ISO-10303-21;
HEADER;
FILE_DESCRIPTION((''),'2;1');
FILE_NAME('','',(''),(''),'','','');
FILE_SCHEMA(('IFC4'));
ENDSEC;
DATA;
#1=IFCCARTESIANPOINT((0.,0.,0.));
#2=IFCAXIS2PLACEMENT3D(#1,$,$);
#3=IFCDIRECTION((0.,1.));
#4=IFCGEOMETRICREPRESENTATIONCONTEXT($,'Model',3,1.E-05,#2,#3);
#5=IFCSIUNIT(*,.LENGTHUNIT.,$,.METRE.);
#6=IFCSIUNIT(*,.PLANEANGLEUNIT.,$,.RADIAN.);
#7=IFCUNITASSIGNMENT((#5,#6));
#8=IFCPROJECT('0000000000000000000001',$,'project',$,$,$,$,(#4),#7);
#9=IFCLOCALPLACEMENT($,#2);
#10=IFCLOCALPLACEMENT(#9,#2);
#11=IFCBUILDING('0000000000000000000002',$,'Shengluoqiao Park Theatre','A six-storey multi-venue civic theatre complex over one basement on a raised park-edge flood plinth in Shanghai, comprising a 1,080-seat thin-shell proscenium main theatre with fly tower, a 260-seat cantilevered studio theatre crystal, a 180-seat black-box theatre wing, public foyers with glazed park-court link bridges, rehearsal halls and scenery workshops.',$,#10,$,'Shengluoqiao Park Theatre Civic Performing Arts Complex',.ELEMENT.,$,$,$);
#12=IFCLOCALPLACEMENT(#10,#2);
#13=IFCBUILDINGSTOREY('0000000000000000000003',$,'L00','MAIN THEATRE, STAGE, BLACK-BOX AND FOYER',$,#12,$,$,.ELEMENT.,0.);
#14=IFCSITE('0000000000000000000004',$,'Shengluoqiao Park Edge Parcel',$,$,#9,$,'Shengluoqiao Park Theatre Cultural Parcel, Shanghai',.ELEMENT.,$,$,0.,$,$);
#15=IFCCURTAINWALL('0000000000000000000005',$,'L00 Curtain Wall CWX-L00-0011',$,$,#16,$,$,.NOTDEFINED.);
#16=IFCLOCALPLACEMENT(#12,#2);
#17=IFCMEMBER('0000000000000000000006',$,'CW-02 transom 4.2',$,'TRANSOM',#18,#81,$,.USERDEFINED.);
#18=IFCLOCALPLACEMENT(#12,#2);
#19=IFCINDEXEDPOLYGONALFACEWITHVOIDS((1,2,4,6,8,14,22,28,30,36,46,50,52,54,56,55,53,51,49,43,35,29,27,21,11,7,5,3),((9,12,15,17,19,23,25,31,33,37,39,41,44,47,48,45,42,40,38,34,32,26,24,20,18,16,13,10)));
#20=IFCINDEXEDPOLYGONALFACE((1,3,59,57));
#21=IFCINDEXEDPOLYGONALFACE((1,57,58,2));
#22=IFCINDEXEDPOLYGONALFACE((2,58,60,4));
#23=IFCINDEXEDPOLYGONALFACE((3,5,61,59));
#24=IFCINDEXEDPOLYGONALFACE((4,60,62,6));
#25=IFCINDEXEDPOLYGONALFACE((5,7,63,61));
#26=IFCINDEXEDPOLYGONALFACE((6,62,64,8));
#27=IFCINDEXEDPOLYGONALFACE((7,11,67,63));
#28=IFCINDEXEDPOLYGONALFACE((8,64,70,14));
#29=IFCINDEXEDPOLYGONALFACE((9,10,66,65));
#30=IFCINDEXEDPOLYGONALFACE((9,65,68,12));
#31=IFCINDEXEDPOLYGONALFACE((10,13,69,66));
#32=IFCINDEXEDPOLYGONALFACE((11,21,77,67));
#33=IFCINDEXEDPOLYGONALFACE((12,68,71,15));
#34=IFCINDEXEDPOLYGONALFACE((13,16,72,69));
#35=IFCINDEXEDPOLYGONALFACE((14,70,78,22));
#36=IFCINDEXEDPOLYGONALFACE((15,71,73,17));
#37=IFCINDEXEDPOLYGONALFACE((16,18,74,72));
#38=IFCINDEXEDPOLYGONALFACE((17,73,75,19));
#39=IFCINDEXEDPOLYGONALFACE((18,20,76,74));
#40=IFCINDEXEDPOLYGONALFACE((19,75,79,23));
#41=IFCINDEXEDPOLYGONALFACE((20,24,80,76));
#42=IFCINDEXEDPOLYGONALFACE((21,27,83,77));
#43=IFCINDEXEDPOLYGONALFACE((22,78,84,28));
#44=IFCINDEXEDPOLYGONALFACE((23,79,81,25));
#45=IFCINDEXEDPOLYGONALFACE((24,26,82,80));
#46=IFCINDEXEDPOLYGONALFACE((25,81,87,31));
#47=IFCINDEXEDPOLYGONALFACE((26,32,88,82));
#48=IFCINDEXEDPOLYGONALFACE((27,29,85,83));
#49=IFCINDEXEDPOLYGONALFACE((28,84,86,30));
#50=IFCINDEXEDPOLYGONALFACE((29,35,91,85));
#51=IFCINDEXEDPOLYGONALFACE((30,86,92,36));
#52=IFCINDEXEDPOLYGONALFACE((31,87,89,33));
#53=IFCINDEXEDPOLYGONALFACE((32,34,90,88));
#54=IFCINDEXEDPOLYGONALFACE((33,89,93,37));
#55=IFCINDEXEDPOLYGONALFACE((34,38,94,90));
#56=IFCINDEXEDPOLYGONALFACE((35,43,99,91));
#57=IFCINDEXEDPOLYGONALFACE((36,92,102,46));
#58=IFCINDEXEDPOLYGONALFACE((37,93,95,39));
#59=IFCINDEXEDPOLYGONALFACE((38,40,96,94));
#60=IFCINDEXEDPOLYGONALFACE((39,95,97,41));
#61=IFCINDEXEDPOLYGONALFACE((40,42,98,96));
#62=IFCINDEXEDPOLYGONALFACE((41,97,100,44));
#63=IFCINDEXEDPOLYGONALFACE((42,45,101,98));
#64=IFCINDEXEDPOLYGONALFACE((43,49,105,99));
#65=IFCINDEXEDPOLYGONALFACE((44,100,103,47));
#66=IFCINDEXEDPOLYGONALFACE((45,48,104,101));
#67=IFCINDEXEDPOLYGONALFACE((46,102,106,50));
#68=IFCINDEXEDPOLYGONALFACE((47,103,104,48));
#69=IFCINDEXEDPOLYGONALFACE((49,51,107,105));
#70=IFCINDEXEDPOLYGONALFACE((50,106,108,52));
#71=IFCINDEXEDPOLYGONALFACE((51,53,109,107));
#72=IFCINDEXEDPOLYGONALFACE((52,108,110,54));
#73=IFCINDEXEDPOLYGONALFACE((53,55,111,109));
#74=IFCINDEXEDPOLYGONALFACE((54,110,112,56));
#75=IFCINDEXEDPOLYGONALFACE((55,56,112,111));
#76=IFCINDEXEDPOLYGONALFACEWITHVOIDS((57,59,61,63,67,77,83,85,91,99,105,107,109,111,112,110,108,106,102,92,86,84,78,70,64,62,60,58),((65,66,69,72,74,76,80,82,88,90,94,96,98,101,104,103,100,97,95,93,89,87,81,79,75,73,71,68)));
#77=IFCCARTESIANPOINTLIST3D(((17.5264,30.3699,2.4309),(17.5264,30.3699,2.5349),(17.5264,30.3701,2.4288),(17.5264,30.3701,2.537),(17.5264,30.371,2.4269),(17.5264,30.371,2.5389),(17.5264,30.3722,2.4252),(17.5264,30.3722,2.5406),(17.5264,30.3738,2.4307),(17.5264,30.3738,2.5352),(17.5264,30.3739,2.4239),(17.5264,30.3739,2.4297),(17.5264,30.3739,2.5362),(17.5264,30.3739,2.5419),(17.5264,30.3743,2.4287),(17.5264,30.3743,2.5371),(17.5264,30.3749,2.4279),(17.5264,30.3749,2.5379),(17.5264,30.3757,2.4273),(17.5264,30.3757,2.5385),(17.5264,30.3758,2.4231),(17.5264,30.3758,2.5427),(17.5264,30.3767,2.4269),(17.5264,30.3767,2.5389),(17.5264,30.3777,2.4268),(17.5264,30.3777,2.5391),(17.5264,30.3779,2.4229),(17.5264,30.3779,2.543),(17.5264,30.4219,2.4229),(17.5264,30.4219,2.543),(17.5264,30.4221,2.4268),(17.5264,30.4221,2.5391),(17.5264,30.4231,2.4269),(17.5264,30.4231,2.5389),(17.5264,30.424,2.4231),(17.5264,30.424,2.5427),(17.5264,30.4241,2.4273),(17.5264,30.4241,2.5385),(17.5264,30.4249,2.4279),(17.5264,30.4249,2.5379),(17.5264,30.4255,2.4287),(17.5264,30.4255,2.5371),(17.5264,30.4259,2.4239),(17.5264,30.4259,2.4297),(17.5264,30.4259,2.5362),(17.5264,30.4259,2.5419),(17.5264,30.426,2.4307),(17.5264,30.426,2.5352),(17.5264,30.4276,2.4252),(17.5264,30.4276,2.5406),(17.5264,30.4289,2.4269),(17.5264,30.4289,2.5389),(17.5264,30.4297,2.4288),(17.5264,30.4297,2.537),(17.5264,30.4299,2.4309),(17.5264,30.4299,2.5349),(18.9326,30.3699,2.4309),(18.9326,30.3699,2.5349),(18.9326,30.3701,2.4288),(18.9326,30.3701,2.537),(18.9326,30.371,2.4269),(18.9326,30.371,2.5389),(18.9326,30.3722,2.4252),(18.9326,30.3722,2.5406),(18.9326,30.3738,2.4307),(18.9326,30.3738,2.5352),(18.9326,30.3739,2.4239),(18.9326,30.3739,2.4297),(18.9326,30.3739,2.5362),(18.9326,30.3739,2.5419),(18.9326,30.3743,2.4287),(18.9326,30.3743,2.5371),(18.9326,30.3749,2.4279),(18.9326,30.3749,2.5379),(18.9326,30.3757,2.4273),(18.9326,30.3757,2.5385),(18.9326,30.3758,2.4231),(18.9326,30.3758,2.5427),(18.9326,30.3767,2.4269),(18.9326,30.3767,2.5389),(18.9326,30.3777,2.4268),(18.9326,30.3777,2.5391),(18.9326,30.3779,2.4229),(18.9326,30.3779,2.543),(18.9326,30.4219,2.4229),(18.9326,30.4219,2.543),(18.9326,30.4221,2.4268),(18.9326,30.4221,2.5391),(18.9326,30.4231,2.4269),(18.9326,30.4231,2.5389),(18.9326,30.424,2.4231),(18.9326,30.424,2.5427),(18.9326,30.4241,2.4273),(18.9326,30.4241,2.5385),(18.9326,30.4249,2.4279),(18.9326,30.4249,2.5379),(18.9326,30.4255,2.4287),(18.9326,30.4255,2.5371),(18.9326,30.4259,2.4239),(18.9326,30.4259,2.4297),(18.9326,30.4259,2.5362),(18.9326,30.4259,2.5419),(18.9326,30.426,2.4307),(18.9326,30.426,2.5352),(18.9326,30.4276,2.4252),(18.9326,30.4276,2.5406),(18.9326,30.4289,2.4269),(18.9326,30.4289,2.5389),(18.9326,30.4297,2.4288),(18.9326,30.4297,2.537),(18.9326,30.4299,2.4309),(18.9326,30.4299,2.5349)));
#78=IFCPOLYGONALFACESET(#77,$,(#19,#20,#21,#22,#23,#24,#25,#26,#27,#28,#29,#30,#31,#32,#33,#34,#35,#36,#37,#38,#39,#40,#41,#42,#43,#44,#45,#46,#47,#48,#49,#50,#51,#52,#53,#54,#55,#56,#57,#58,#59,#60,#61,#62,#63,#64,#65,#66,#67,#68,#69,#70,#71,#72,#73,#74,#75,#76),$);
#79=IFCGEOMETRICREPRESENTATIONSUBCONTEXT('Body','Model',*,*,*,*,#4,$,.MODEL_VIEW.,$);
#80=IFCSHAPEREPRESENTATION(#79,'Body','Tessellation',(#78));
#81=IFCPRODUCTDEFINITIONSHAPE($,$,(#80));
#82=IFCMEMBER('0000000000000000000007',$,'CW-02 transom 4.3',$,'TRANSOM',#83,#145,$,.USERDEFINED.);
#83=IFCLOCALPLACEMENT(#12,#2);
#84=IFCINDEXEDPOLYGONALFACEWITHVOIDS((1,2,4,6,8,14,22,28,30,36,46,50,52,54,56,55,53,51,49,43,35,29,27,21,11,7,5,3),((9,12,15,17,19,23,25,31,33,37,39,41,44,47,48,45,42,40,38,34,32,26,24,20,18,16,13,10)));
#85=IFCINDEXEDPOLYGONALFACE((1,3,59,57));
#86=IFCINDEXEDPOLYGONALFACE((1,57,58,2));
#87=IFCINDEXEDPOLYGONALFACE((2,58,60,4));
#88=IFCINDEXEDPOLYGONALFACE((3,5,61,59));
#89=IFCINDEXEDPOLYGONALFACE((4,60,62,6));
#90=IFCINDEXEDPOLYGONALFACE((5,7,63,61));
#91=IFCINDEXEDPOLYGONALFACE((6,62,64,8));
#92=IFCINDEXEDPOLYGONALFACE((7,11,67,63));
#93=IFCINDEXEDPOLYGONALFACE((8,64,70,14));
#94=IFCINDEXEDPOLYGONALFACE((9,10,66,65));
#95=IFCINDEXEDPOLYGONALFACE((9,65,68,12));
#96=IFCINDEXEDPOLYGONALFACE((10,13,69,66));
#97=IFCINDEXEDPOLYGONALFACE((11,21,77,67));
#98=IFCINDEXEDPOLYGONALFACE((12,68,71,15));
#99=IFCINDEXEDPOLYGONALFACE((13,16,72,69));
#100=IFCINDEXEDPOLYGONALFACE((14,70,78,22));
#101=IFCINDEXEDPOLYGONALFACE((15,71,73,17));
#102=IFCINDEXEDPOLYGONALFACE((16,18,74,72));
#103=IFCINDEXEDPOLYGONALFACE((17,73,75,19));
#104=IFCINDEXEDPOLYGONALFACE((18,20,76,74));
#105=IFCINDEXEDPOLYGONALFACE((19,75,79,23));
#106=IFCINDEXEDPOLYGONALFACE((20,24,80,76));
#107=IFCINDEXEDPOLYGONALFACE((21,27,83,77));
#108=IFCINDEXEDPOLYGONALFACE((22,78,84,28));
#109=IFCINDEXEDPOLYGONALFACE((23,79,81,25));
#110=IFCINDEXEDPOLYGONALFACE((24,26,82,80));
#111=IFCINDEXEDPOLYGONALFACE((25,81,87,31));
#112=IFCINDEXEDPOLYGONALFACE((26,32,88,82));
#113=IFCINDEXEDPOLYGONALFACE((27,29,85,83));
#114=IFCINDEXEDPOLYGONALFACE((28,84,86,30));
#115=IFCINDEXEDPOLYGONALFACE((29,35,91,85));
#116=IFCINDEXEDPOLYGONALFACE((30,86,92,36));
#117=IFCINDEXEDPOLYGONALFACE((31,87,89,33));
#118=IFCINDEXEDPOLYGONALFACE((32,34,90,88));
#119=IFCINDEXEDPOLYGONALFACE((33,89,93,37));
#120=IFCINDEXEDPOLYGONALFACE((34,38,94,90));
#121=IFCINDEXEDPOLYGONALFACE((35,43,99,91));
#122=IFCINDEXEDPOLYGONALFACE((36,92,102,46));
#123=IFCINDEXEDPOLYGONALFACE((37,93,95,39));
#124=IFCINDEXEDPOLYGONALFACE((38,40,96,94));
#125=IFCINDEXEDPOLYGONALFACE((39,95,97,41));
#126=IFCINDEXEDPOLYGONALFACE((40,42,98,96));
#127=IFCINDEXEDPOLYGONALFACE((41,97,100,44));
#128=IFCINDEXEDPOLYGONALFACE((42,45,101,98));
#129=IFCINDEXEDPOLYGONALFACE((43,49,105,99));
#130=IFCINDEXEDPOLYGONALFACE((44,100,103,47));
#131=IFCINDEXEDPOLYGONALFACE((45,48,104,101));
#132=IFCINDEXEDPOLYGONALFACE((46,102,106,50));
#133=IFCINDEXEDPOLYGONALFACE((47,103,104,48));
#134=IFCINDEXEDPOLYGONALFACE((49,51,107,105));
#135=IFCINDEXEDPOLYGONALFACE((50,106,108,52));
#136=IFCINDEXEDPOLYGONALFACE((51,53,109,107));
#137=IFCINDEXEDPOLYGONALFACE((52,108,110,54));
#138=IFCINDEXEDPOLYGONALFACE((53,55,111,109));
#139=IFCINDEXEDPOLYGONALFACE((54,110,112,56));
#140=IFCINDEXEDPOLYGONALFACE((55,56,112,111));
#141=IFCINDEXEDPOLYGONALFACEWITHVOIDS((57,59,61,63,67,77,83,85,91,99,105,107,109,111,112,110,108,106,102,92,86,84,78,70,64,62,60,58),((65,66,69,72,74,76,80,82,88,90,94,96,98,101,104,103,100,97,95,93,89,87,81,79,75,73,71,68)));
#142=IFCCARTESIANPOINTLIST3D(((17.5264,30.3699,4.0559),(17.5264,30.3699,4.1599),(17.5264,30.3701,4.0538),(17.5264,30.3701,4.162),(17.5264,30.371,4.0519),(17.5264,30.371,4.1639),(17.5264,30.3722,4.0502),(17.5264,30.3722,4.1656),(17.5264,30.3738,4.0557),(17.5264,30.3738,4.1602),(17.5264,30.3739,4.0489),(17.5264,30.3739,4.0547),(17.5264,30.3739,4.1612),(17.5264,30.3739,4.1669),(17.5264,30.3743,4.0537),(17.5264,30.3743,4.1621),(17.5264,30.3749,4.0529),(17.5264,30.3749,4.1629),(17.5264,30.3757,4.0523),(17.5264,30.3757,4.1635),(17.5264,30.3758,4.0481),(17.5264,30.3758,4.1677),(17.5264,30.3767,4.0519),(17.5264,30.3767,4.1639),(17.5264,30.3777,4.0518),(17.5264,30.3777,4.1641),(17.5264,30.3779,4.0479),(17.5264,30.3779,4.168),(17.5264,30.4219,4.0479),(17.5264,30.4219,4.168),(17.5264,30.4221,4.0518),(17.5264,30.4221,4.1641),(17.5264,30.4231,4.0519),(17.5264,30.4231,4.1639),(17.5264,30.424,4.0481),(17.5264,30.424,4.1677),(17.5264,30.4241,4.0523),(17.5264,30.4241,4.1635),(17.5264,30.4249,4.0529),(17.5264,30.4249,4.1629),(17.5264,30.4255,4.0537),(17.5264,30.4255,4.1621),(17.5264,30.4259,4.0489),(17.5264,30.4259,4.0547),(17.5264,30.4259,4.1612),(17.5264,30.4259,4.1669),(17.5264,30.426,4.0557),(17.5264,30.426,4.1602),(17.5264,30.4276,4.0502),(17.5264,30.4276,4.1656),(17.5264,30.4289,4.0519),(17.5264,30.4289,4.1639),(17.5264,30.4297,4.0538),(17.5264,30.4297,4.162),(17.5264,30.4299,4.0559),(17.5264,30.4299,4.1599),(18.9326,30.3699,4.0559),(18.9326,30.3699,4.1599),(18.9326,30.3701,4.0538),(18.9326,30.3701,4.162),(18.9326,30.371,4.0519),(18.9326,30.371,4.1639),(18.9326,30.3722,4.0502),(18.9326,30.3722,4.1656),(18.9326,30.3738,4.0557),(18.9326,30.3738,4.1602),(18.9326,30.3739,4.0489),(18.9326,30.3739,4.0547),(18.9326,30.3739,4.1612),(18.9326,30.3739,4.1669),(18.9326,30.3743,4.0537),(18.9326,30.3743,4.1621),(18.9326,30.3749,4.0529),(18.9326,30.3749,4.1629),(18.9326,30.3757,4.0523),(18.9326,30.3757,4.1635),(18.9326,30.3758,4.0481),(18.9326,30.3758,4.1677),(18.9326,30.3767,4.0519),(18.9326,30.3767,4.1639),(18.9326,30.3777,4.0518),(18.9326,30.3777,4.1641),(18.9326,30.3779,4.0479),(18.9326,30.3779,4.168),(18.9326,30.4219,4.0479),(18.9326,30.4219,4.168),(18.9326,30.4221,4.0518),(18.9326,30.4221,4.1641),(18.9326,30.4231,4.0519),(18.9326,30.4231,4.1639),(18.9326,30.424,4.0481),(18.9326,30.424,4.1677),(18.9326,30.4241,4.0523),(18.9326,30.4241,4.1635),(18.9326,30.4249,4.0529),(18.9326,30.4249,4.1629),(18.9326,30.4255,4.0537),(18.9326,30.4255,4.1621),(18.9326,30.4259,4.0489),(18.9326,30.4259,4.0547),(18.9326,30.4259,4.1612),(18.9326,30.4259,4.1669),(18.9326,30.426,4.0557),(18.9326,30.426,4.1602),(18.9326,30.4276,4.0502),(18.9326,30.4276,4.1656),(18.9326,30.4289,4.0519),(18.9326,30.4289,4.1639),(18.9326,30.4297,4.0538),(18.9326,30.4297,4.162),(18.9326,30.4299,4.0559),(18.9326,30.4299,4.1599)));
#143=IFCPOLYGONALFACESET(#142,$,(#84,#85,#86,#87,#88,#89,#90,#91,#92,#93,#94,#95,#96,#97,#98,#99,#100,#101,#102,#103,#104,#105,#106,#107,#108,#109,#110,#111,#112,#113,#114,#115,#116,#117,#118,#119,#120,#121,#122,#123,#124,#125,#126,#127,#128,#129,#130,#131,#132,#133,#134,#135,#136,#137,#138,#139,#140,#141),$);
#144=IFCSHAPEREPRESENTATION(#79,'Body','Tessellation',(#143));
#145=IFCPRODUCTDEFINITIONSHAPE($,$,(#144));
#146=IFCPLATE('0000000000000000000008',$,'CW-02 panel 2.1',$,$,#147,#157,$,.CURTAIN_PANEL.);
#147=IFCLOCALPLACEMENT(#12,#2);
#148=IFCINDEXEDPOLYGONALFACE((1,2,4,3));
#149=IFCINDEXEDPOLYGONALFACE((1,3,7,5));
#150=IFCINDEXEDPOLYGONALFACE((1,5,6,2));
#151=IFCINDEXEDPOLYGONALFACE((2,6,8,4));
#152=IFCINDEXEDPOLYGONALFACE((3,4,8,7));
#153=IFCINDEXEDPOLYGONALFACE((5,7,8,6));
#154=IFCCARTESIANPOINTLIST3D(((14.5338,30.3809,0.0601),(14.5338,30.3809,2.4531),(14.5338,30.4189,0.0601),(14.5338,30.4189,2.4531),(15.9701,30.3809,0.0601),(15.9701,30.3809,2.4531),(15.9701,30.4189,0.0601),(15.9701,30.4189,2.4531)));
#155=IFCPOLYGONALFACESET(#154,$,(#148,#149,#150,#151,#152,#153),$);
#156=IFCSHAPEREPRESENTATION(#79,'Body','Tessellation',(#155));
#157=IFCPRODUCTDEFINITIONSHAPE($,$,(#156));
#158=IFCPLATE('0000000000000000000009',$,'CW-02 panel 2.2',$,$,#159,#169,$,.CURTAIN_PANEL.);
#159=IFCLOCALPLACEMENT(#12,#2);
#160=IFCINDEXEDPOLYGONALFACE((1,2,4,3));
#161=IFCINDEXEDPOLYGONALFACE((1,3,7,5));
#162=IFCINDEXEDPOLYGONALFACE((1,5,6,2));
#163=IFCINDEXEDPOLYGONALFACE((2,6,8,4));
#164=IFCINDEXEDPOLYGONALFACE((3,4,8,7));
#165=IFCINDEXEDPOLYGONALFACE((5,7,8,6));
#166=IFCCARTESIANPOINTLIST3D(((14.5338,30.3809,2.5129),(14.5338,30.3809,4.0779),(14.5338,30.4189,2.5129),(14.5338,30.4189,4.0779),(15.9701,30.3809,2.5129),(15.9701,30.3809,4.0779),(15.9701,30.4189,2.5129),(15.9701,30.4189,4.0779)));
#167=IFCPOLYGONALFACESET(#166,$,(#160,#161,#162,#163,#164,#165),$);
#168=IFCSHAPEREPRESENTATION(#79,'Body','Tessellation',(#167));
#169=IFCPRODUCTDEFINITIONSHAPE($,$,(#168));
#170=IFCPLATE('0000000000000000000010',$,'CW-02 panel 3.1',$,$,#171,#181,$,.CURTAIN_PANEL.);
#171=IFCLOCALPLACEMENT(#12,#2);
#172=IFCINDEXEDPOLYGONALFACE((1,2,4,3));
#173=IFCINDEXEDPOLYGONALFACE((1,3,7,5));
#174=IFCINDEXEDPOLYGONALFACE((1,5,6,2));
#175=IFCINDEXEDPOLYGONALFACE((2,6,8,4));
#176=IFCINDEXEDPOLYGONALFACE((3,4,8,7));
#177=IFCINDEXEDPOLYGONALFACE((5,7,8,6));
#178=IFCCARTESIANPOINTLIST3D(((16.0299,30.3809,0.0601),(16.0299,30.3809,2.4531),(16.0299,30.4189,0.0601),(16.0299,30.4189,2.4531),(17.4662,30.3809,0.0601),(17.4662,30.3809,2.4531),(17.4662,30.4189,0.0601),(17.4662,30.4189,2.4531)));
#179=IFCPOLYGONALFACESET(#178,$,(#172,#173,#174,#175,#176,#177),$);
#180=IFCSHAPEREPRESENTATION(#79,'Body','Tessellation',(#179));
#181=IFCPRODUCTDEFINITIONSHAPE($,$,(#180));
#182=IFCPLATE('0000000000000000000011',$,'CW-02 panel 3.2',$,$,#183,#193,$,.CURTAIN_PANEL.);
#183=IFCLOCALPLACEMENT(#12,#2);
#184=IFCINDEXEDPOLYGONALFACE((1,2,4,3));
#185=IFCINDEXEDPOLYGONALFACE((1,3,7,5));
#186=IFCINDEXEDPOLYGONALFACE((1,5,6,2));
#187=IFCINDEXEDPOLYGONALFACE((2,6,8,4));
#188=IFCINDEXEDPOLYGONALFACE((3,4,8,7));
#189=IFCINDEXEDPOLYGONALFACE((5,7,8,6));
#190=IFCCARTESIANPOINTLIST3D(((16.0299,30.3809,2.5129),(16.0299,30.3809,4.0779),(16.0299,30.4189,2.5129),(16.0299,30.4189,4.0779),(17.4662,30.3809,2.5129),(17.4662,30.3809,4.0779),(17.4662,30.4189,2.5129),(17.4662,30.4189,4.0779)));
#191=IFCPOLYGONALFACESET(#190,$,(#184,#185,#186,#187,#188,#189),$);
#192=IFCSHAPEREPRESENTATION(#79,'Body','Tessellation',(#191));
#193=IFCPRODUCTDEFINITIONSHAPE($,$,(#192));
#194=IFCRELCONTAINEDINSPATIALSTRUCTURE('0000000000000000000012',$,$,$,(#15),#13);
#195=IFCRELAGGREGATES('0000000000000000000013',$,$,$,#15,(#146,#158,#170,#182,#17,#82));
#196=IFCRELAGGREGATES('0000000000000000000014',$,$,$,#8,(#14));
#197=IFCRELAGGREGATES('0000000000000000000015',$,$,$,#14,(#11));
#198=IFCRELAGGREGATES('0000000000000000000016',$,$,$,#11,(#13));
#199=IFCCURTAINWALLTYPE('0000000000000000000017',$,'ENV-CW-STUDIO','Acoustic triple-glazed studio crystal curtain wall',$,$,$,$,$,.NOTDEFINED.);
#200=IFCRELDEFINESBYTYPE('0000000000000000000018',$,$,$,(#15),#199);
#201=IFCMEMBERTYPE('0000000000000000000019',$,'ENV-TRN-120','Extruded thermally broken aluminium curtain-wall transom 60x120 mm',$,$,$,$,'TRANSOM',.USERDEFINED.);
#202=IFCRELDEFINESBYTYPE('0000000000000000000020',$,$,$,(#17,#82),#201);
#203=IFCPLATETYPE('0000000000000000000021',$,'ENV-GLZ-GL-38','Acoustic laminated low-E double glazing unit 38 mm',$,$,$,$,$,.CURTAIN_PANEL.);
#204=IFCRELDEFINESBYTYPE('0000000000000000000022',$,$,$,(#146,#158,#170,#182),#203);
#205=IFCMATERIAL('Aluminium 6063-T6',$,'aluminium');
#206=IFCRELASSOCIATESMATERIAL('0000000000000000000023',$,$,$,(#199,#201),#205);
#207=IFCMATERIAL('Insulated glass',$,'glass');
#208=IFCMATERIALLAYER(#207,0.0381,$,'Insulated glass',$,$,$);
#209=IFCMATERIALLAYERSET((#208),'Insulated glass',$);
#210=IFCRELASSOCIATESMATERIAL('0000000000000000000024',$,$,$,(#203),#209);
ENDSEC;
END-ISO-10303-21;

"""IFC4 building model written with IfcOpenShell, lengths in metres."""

from ifc_helpers import new_model, si_unit, direction, frame, origin, origin_2d, place, context, subcontext, project, spatial, rectangle, hollow_rectangle, extrude, material, layer, layer_set, material_profile, profile_set, type_object, element, aggregate, save


model = new_model("IFC4")

# Units and contexts
model_context = context("Model", 3, precision=1e-05, world=origin(), true_north=direction((0.0, 1.0)))
body_context = subcontext(model_context, "Body", "Model", "MODEL_VIEW")
ifc_project = project(units=[si_unit("LENGTHUNIT", "METRE"), si_unit("PLANEANGLEUNIT", "RADIAN")], contexts=[model_context])

# Site, building, storey
site_placement = place(None, origin())
site = spatial("IfcSite", under=ifc_project, at=site_placement, Name="Shengluoqiao Park Edge Parcel", LongName="Shengluoqiao Park Theatre Cultural Parcel, Shanghai", CompositionType="ELEMENT", RefElevation=0.0)
building_placement = place(site_placement, origin())
building = spatial("IfcBuilding", under=site, at=building_placement, Name="Shengluoqiao Park Theatre", Description="A six-storey multi-venue civic theatre complex over one basement on a raised park-edge flood plinth in Shanghai, comprising a 1,080-seat thin-shell proscenium main theatre with fly tower, a 260-seat cantilevered studio theatre crystal, a 180-seat black-box theatre wing, public foyers with glazed park-court link bridges, rehearsal halls and scenery workshops.", LongName="Shengluoqiao Park Theatre Civic Performing Arts Complex", CompositionType="ELEMENT")
storey_placement = place(building_placement, origin())
storey = spatial("IfcBuildingStorey", under=building, at=storey_placement, Name="L00", Description="MAIN THEATRE, STAGE, BLACK-BOX AND FOYER", CompositionType="ELEMENT", Elevation=0.0)

# Curtain wall, members, plates
ifc_material_1 = material(Name="Aluminium 6063-T6", Category="aluminium")
curtain_wall_type = type_object("IfcCurtainWallType", Name="ENV-CW-STUDIO", Description="Acoustic triple-glazed studio crystal curtain wall", PredefinedType="NOTDEFINED", material=ifc_material_1)
curtain_wall_placement = place(storey_placement, origin())
curtain_wall = element("IfcCurtainWall", 1, at=curtain_wall_placement, inside=storey, type_object=curtain_wall_type, Name="L00 Curtain Wall CWX-L00-0011", PredefinedType="NOTDEFINED")
ifc_material_profile_1 = material_profile(ifc_material_1, hollow_rectangle(XDim=0.0601, YDim=0.1201, WallThickness=0.0039, InnerFilletRadius=0.0039, OuterFilletRadius=0.0081, at=origin_2d()), Name="ALU TRANSOM 120x60x4")
ifc_profile_set_1 = profile_set([ifc_material_profile_1], Name="Aluminium 6063-T6")
member_type_1 = type_object("IfcMemberType", Name="ENV-TRN-120", Description="Extruded thermally broken aluminium curtain-wall transom 60x120 mm", ElementType="TRANSOM", PredefinedType="USERDEFINED", material=ifc_profile_set_1)
member_1_placement = place(storey_placement, frame((17.5264, 30.3999, 2.4829), z_axis=(1.0, 0.0, 0.0), x_axis=(0.0, 1.0, 0.0)))
member_1 = element("IfcMember", 2, at=member_1_placement, type_object=member_type_1, Name="CW-02 transom 4.2", ObjectType="TRANSOM", PredefinedType="USERDEFINED", context=body_context, shape_type="SweptSolid", body=[
    extrude(hollow_rectangle(XDim=0.0601, YDim=0.1201, WallThickness=0.0039, InnerFilletRadius=0.0039, OuterFilletRadius=0.0081, at=origin_2d()), origin(), (0.0, 0.0, 1.0), 1.4062),
])
member_2_placement = place(storey_placement, frame((17.5264, 30.3999, 4.1079), z_axis=(1.0, 0.0, 0.0), x_axis=(0.0, 1.0, 0.0)))
member_2 = element("IfcMember", 3, at=member_2_placement, type_object=member_type_1, Name="CW-02 transom 4.3", ObjectType="TRANSOM", PredefinedType="USERDEFINED", context=body_context, shape_type="SweptSolid", body=[
    extrude(hollow_rectangle(XDim=0.0601, YDim=0.1201, WallThickness=0.0039, InnerFilletRadius=0.0039, OuterFilletRadius=0.0081, at=origin_2d()), origin(), (0.0, 0.0, 1.0), 1.4062),
])
ifc_material_2 = material(Name="Insulated glass", Category="glass")
ifc_layer = layer(ifc_material_2, 0.0381, Name="Insulated glass")
ifc_layer_set = layer_set([ifc_layer], Name="Insulated glass")
plate_type = type_object("IfcPlateType", Name="ENV-GLZ-GL-38", Description="Acoustic laminated low-E double glazing unit 38 mm", PredefinedType="CURTAIN_PANEL", material=ifc_layer_set)
plate_1_placement = place(storey_placement, frame((15.252, 30.3999, 0.0601), z_axis=(0.0, 0.0, 1.0), x_axis=(1.0, 0.0, 0.0)))
plate_1 = element("IfcPlate", 4, at=plate_1_placement, type_object=plate_type, Name="CW-02 panel 2.1", PredefinedType="CURTAIN_PANEL", context=body_context, shape_type="SweptSolid", body=[
    extrude(rectangle(XDim=1.4363, YDim=0.0381, at=origin_2d()), origin(), (0.0, 0.0, 1.0), 2.3931),
])
plate_2_placement = place(storey_placement, frame((15.252, 30.3999, 2.5129), z_axis=(0.0, 0.0, 1.0), x_axis=(1.0, 0.0, 0.0)))
plate_2 = element("IfcPlate", 5, at=plate_2_placement, type_object=plate_type, Name="CW-02 panel 2.2", PredefinedType="CURTAIN_PANEL", context=body_context, shape_type="SweptSolid", body=[
    extrude(rectangle(XDim=1.4363, YDim=0.0381, at=origin_2d()), origin(), (0.0, 0.0, 1.0), 1.5649),
])
plate_3_placement = place(storey_placement, frame((16.748, 30.3999, 0.0601), z_axis=(0.0, 0.0, 1.0), x_axis=(1.0, 0.0, 0.0)))
plate_3 = element("IfcPlate", 6, at=plate_3_placement, type_object=plate_type, Name="CW-02 panel 3.1", PredefinedType="CURTAIN_PANEL", context=body_context, shape_type="SweptSolid", body=[
    extrude(rectangle(XDim=1.4363, YDim=0.0381, at=origin_2d()), origin(), (0.0, 0.0, 1.0), 2.3931),
])
plate_4_placement = place(storey_placement, frame((16.748, 30.3999, 2.5129), z_axis=(0.0, 0.0, 1.0), x_axis=(1.0, 0.0, 0.0)))
plate_4 = element("IfcPlate", 7, at=plate_4_placement, type_object=plate_type, Name="CW-02 panel 3.2", PredefinedType="CURTAIN_PANEL", context=body_context, shape_type="SweptSolid", body=[
    extrude(rectangle(XDim=1.4363, YDim=0.0381, at=origin_2d()), origin(), (0.0, 0.0, 1.0), 1.5649),
])
aggregate(curtain_wall, [plate_1, plate_2, plate_3, plate_4, member_1, member_2])

save(model, "model.ifc")
